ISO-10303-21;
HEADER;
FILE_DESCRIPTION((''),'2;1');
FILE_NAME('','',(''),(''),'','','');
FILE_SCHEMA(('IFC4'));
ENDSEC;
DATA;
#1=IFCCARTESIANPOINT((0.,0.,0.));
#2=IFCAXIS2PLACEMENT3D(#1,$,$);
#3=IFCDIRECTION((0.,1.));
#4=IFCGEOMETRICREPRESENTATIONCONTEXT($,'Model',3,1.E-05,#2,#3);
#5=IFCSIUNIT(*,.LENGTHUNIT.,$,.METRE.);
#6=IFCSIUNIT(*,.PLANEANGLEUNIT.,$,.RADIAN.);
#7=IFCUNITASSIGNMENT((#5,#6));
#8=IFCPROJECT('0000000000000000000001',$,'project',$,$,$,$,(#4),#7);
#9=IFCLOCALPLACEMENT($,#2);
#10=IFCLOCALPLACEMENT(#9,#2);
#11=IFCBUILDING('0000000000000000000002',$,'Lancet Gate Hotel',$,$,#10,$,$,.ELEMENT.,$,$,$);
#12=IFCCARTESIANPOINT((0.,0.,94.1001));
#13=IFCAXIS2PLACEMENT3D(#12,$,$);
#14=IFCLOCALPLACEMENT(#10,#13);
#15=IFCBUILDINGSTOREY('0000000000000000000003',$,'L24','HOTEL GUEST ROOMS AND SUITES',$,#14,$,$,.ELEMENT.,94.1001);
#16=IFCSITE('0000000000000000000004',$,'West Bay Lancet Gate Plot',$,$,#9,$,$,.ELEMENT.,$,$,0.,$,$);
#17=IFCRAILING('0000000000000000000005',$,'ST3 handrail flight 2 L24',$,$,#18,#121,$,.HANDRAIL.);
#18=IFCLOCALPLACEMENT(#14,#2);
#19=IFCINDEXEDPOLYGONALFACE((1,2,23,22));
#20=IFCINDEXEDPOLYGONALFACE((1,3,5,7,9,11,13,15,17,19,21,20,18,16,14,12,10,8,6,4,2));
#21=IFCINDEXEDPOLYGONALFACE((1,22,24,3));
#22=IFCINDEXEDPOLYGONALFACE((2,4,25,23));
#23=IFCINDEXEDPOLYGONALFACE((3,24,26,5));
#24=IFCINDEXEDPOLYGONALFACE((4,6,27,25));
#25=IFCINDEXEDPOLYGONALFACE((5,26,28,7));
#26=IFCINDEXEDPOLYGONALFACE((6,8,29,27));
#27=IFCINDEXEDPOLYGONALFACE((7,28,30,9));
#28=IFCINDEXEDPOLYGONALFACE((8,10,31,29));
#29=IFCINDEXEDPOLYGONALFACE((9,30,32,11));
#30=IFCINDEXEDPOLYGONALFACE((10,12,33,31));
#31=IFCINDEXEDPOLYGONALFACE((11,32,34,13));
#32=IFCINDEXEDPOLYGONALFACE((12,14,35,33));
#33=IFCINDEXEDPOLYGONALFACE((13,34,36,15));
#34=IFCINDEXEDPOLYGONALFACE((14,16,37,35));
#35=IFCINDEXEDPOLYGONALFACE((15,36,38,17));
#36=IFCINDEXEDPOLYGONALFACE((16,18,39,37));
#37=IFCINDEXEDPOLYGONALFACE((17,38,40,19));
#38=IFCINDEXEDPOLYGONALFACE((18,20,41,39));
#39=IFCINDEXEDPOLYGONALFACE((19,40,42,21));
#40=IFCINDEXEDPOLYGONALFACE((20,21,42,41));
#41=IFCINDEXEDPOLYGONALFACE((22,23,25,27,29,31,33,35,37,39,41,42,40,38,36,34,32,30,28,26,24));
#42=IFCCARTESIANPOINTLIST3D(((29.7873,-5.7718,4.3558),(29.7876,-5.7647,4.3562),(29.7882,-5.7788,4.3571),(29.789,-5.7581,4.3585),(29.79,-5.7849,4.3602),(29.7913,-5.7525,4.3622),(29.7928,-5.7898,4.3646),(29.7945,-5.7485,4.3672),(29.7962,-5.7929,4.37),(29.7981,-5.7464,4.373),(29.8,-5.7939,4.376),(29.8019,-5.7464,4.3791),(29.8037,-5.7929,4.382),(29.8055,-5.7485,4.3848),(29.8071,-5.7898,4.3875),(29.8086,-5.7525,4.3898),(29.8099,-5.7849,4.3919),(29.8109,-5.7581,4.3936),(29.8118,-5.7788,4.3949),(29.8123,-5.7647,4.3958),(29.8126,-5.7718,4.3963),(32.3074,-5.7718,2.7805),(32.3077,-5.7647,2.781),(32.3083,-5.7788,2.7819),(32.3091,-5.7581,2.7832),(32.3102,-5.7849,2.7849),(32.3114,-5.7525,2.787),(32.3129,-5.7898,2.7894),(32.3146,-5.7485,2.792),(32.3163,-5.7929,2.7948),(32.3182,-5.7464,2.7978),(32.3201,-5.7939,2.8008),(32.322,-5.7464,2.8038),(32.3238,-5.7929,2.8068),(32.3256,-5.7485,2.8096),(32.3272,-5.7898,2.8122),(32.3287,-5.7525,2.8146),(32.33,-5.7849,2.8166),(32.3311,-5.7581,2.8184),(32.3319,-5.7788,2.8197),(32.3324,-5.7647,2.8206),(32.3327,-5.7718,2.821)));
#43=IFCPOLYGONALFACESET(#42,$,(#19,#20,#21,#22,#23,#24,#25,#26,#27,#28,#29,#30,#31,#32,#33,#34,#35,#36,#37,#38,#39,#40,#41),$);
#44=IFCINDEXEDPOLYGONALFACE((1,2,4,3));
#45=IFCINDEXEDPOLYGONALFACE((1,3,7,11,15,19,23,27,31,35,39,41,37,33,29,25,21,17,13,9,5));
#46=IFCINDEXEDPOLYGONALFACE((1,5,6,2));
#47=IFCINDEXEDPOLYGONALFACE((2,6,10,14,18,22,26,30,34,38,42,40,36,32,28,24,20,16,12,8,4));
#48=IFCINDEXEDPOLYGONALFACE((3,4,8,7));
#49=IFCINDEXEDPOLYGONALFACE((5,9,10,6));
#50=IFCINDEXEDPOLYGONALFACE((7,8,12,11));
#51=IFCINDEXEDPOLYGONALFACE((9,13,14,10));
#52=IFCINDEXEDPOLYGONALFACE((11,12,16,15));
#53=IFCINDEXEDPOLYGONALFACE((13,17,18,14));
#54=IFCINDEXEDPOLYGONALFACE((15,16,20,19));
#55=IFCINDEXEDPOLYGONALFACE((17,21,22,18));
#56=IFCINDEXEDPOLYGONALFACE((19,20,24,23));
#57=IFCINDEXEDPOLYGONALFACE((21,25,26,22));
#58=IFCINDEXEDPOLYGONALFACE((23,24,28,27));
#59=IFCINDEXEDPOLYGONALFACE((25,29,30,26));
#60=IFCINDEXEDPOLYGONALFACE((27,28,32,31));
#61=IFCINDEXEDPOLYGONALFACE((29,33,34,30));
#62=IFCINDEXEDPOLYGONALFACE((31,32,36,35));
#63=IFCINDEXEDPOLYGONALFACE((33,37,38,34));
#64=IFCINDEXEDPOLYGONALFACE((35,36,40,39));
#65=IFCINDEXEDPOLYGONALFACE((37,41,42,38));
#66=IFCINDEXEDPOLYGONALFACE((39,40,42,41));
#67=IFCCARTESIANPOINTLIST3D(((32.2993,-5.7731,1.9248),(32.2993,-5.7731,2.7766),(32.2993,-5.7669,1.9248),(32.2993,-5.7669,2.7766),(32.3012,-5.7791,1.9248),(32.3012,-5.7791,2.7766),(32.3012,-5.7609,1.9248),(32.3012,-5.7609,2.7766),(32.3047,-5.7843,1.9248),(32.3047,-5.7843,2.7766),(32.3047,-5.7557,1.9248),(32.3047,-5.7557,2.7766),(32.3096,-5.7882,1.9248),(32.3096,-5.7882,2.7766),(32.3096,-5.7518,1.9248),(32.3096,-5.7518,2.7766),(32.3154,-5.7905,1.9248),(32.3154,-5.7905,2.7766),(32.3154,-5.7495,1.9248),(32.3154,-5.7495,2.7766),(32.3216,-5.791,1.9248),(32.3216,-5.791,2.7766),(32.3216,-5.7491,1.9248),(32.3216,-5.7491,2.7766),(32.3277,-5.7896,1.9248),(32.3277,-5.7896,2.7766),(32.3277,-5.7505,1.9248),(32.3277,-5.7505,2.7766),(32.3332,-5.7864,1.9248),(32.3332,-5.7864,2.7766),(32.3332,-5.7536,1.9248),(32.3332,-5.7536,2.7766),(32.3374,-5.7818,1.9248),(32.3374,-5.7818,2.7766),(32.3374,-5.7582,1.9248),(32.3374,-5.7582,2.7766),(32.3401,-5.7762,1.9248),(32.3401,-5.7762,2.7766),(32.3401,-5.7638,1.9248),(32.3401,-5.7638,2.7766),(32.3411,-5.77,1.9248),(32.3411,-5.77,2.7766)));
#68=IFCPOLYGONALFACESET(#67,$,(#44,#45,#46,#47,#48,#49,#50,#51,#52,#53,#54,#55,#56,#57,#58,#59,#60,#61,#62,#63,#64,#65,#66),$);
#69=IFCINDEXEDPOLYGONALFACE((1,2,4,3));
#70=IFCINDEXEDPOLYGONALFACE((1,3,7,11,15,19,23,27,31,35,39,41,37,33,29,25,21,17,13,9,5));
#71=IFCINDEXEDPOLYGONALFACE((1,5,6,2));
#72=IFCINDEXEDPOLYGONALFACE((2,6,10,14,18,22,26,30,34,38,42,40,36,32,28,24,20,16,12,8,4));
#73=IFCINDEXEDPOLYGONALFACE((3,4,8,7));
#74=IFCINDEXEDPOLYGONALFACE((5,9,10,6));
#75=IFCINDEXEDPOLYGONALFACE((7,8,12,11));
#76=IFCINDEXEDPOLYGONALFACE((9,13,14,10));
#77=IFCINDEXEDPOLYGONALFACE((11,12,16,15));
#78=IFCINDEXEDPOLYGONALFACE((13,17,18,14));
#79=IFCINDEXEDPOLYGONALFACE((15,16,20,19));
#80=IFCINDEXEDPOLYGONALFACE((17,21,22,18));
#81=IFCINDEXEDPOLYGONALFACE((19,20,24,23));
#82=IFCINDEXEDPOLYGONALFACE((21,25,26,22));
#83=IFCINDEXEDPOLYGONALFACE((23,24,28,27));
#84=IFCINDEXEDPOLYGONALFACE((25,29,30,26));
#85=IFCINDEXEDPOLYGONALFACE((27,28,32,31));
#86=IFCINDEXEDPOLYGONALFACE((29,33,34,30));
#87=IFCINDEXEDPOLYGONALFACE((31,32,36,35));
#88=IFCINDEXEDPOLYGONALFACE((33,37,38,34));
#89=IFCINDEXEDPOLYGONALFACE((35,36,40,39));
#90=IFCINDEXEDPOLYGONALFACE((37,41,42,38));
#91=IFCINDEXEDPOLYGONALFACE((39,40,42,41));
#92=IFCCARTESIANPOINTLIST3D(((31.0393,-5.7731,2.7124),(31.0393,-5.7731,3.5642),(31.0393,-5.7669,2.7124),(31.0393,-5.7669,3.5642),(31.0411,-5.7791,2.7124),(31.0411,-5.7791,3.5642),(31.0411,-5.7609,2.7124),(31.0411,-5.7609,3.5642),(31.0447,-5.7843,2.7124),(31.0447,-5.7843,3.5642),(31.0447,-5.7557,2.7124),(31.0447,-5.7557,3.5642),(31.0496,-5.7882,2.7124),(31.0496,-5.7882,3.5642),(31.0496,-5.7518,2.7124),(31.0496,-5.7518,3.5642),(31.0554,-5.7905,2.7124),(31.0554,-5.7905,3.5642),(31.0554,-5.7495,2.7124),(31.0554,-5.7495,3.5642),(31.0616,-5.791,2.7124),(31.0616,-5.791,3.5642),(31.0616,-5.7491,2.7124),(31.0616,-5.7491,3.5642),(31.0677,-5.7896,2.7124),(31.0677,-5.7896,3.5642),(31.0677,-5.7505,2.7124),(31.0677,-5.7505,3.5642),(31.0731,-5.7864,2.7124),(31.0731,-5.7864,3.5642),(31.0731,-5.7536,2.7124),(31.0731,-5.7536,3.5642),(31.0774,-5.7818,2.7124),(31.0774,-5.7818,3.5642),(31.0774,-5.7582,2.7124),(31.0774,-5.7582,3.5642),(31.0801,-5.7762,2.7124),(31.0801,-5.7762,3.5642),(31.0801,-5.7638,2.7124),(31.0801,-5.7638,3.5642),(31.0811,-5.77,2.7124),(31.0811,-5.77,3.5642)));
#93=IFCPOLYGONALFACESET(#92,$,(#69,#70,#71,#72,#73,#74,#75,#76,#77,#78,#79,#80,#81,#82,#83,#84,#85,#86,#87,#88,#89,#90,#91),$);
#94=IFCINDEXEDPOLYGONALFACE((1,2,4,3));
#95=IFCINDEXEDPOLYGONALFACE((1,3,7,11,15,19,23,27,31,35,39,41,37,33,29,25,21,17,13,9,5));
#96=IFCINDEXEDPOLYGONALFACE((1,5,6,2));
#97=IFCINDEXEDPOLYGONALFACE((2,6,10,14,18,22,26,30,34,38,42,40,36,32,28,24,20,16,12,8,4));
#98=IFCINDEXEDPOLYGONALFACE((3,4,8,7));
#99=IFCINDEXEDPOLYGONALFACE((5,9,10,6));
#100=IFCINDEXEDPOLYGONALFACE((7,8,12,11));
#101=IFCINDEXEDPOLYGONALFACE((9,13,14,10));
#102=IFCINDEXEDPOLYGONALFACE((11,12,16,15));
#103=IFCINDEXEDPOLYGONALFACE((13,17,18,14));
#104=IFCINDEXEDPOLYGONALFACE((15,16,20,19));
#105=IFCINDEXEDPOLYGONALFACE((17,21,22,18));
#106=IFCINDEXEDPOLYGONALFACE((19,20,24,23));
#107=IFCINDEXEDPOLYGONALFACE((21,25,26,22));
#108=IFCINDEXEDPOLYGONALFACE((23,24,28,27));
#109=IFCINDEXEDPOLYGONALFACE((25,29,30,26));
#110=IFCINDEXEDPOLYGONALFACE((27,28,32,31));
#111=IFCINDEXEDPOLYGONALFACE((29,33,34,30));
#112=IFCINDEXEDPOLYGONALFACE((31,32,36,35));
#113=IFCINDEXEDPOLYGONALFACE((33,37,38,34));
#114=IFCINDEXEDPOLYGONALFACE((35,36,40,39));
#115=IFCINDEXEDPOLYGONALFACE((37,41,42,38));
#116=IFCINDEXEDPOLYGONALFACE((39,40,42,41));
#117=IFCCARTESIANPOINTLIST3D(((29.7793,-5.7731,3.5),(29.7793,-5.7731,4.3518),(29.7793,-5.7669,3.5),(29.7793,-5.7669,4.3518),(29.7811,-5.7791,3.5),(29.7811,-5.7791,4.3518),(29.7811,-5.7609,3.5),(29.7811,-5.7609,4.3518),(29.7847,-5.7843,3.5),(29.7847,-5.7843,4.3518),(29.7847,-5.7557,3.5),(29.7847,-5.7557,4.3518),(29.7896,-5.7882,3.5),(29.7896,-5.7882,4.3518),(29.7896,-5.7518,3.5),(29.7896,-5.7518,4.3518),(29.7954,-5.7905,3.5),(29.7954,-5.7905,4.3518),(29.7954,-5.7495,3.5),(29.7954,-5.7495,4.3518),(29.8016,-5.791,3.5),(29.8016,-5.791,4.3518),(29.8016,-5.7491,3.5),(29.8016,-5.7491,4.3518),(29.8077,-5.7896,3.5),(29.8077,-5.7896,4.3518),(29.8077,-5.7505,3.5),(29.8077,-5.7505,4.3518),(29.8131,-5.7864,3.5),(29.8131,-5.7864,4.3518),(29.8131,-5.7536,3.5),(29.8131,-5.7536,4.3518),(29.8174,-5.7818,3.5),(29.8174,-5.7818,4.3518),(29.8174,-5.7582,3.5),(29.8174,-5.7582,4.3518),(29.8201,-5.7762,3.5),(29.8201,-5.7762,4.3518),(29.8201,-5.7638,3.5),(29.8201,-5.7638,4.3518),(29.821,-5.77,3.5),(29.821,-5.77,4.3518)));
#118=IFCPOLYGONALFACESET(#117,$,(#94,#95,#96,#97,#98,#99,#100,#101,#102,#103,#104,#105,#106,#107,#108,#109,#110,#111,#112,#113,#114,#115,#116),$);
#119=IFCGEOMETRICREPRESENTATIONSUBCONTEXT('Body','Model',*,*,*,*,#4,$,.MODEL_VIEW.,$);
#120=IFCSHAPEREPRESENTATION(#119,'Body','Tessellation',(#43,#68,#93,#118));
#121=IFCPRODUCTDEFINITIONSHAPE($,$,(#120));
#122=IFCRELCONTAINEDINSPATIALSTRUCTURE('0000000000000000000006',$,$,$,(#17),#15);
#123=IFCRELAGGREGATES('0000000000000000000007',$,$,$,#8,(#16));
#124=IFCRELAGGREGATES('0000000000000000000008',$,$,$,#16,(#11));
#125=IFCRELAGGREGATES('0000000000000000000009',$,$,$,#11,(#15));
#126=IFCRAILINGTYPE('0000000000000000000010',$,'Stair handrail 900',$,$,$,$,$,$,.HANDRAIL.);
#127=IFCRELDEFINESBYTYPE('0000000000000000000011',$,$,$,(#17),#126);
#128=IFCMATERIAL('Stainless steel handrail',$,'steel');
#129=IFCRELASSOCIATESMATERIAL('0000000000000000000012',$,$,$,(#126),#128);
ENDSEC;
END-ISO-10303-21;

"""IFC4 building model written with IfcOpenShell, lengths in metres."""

from ifc_helpers import new_model, si_unit, direction, frame, origin, origin_2d, place, context, subcontext, project, spatial, circle, extrude, material, type_object, element, save


model = new_model("IFC4")

# Units and contexts
model_context = context("Model", 3, precision=1e-05, world=origin(), true_north=direction((0.0, 1.0)))
body_context = subcontext(model_context, "Body", "Model", "MODEL_VIEW")
ifc_project = project(units=[si_unit("LENGTHUNIT", "METRE"), si_unit("PLANEANGLEUNIT", "RADIAN")], contexts=[model_context])

# Site, building, storey
site_placement = place(None, origin())
site = spatial("IfcSite", under=ifc_project, at=site_placement, Name="West Bay Lancet Gate Plot", CompositionType="ELEMENT", RefElevation=0.0)
building_placement = place(site_placement, origin())
building = spatial("IfcBuilding", under=site, at=building_placement, Name="Lancet Gate Hotel", CompositionType="ELEMENT")
storey_placement = place(building_placement, frame((0.0, 0.0, 94.1001)))
storey = spatial("IfcBuildingStorey", under=building, at=storey_placement, Name="L24", Description="HOTEL GUEST ROOMS AND SUITES", CompositionType="ELEMENT", Elevation=94.1001)

# Railing
ifc_material_1 = material(Name="Stainless steel handrail", Category="steel")
railing_type = type_object("IfcRailingType", Name="Stair handrail 900", PredefinedType="HANDRAIL", material=ifc_material_1)
railing_1_placement = place(storey_placement, frame((32.3201, -5.77, 1.9248)))
element("IfcRailing", 1, at=railing_1_placement, inside=storey, type_object=railing_type, Name="ST3 handrail flight 2 L24", PredefinedType="HANDRAIL", context=body_context, shape_type="SweptSolid", body=[
    extrude(circle(Radius=0.0239, at=origin_2d()), frame((0.0, 0.0, 0.876), z_axis=(-0.847971, 0.0, 0.530043), x_axis=(0.0, -1.0, 0.0)), (0.0, 0.0, 1.0), 2.9719),
    extrude(circle(Radius=0.021, at=origin_2d()), origin(), (0.0, 0.0, 1.0), 0.8518),
    extrude(circle(Radius=0.021, at=origin_2d()), frame((-1.26, 0.0, 0.7876)), (0.0, 0.0, 1.0), 0.8518),
    extrude(circle(Radius=0.021, at=origin_2d()), frame((-2.52, 0.0, 1.5752)), (0.0, 0.0, 1.0), 0.8518),
])

save(model, "model.ifc")
